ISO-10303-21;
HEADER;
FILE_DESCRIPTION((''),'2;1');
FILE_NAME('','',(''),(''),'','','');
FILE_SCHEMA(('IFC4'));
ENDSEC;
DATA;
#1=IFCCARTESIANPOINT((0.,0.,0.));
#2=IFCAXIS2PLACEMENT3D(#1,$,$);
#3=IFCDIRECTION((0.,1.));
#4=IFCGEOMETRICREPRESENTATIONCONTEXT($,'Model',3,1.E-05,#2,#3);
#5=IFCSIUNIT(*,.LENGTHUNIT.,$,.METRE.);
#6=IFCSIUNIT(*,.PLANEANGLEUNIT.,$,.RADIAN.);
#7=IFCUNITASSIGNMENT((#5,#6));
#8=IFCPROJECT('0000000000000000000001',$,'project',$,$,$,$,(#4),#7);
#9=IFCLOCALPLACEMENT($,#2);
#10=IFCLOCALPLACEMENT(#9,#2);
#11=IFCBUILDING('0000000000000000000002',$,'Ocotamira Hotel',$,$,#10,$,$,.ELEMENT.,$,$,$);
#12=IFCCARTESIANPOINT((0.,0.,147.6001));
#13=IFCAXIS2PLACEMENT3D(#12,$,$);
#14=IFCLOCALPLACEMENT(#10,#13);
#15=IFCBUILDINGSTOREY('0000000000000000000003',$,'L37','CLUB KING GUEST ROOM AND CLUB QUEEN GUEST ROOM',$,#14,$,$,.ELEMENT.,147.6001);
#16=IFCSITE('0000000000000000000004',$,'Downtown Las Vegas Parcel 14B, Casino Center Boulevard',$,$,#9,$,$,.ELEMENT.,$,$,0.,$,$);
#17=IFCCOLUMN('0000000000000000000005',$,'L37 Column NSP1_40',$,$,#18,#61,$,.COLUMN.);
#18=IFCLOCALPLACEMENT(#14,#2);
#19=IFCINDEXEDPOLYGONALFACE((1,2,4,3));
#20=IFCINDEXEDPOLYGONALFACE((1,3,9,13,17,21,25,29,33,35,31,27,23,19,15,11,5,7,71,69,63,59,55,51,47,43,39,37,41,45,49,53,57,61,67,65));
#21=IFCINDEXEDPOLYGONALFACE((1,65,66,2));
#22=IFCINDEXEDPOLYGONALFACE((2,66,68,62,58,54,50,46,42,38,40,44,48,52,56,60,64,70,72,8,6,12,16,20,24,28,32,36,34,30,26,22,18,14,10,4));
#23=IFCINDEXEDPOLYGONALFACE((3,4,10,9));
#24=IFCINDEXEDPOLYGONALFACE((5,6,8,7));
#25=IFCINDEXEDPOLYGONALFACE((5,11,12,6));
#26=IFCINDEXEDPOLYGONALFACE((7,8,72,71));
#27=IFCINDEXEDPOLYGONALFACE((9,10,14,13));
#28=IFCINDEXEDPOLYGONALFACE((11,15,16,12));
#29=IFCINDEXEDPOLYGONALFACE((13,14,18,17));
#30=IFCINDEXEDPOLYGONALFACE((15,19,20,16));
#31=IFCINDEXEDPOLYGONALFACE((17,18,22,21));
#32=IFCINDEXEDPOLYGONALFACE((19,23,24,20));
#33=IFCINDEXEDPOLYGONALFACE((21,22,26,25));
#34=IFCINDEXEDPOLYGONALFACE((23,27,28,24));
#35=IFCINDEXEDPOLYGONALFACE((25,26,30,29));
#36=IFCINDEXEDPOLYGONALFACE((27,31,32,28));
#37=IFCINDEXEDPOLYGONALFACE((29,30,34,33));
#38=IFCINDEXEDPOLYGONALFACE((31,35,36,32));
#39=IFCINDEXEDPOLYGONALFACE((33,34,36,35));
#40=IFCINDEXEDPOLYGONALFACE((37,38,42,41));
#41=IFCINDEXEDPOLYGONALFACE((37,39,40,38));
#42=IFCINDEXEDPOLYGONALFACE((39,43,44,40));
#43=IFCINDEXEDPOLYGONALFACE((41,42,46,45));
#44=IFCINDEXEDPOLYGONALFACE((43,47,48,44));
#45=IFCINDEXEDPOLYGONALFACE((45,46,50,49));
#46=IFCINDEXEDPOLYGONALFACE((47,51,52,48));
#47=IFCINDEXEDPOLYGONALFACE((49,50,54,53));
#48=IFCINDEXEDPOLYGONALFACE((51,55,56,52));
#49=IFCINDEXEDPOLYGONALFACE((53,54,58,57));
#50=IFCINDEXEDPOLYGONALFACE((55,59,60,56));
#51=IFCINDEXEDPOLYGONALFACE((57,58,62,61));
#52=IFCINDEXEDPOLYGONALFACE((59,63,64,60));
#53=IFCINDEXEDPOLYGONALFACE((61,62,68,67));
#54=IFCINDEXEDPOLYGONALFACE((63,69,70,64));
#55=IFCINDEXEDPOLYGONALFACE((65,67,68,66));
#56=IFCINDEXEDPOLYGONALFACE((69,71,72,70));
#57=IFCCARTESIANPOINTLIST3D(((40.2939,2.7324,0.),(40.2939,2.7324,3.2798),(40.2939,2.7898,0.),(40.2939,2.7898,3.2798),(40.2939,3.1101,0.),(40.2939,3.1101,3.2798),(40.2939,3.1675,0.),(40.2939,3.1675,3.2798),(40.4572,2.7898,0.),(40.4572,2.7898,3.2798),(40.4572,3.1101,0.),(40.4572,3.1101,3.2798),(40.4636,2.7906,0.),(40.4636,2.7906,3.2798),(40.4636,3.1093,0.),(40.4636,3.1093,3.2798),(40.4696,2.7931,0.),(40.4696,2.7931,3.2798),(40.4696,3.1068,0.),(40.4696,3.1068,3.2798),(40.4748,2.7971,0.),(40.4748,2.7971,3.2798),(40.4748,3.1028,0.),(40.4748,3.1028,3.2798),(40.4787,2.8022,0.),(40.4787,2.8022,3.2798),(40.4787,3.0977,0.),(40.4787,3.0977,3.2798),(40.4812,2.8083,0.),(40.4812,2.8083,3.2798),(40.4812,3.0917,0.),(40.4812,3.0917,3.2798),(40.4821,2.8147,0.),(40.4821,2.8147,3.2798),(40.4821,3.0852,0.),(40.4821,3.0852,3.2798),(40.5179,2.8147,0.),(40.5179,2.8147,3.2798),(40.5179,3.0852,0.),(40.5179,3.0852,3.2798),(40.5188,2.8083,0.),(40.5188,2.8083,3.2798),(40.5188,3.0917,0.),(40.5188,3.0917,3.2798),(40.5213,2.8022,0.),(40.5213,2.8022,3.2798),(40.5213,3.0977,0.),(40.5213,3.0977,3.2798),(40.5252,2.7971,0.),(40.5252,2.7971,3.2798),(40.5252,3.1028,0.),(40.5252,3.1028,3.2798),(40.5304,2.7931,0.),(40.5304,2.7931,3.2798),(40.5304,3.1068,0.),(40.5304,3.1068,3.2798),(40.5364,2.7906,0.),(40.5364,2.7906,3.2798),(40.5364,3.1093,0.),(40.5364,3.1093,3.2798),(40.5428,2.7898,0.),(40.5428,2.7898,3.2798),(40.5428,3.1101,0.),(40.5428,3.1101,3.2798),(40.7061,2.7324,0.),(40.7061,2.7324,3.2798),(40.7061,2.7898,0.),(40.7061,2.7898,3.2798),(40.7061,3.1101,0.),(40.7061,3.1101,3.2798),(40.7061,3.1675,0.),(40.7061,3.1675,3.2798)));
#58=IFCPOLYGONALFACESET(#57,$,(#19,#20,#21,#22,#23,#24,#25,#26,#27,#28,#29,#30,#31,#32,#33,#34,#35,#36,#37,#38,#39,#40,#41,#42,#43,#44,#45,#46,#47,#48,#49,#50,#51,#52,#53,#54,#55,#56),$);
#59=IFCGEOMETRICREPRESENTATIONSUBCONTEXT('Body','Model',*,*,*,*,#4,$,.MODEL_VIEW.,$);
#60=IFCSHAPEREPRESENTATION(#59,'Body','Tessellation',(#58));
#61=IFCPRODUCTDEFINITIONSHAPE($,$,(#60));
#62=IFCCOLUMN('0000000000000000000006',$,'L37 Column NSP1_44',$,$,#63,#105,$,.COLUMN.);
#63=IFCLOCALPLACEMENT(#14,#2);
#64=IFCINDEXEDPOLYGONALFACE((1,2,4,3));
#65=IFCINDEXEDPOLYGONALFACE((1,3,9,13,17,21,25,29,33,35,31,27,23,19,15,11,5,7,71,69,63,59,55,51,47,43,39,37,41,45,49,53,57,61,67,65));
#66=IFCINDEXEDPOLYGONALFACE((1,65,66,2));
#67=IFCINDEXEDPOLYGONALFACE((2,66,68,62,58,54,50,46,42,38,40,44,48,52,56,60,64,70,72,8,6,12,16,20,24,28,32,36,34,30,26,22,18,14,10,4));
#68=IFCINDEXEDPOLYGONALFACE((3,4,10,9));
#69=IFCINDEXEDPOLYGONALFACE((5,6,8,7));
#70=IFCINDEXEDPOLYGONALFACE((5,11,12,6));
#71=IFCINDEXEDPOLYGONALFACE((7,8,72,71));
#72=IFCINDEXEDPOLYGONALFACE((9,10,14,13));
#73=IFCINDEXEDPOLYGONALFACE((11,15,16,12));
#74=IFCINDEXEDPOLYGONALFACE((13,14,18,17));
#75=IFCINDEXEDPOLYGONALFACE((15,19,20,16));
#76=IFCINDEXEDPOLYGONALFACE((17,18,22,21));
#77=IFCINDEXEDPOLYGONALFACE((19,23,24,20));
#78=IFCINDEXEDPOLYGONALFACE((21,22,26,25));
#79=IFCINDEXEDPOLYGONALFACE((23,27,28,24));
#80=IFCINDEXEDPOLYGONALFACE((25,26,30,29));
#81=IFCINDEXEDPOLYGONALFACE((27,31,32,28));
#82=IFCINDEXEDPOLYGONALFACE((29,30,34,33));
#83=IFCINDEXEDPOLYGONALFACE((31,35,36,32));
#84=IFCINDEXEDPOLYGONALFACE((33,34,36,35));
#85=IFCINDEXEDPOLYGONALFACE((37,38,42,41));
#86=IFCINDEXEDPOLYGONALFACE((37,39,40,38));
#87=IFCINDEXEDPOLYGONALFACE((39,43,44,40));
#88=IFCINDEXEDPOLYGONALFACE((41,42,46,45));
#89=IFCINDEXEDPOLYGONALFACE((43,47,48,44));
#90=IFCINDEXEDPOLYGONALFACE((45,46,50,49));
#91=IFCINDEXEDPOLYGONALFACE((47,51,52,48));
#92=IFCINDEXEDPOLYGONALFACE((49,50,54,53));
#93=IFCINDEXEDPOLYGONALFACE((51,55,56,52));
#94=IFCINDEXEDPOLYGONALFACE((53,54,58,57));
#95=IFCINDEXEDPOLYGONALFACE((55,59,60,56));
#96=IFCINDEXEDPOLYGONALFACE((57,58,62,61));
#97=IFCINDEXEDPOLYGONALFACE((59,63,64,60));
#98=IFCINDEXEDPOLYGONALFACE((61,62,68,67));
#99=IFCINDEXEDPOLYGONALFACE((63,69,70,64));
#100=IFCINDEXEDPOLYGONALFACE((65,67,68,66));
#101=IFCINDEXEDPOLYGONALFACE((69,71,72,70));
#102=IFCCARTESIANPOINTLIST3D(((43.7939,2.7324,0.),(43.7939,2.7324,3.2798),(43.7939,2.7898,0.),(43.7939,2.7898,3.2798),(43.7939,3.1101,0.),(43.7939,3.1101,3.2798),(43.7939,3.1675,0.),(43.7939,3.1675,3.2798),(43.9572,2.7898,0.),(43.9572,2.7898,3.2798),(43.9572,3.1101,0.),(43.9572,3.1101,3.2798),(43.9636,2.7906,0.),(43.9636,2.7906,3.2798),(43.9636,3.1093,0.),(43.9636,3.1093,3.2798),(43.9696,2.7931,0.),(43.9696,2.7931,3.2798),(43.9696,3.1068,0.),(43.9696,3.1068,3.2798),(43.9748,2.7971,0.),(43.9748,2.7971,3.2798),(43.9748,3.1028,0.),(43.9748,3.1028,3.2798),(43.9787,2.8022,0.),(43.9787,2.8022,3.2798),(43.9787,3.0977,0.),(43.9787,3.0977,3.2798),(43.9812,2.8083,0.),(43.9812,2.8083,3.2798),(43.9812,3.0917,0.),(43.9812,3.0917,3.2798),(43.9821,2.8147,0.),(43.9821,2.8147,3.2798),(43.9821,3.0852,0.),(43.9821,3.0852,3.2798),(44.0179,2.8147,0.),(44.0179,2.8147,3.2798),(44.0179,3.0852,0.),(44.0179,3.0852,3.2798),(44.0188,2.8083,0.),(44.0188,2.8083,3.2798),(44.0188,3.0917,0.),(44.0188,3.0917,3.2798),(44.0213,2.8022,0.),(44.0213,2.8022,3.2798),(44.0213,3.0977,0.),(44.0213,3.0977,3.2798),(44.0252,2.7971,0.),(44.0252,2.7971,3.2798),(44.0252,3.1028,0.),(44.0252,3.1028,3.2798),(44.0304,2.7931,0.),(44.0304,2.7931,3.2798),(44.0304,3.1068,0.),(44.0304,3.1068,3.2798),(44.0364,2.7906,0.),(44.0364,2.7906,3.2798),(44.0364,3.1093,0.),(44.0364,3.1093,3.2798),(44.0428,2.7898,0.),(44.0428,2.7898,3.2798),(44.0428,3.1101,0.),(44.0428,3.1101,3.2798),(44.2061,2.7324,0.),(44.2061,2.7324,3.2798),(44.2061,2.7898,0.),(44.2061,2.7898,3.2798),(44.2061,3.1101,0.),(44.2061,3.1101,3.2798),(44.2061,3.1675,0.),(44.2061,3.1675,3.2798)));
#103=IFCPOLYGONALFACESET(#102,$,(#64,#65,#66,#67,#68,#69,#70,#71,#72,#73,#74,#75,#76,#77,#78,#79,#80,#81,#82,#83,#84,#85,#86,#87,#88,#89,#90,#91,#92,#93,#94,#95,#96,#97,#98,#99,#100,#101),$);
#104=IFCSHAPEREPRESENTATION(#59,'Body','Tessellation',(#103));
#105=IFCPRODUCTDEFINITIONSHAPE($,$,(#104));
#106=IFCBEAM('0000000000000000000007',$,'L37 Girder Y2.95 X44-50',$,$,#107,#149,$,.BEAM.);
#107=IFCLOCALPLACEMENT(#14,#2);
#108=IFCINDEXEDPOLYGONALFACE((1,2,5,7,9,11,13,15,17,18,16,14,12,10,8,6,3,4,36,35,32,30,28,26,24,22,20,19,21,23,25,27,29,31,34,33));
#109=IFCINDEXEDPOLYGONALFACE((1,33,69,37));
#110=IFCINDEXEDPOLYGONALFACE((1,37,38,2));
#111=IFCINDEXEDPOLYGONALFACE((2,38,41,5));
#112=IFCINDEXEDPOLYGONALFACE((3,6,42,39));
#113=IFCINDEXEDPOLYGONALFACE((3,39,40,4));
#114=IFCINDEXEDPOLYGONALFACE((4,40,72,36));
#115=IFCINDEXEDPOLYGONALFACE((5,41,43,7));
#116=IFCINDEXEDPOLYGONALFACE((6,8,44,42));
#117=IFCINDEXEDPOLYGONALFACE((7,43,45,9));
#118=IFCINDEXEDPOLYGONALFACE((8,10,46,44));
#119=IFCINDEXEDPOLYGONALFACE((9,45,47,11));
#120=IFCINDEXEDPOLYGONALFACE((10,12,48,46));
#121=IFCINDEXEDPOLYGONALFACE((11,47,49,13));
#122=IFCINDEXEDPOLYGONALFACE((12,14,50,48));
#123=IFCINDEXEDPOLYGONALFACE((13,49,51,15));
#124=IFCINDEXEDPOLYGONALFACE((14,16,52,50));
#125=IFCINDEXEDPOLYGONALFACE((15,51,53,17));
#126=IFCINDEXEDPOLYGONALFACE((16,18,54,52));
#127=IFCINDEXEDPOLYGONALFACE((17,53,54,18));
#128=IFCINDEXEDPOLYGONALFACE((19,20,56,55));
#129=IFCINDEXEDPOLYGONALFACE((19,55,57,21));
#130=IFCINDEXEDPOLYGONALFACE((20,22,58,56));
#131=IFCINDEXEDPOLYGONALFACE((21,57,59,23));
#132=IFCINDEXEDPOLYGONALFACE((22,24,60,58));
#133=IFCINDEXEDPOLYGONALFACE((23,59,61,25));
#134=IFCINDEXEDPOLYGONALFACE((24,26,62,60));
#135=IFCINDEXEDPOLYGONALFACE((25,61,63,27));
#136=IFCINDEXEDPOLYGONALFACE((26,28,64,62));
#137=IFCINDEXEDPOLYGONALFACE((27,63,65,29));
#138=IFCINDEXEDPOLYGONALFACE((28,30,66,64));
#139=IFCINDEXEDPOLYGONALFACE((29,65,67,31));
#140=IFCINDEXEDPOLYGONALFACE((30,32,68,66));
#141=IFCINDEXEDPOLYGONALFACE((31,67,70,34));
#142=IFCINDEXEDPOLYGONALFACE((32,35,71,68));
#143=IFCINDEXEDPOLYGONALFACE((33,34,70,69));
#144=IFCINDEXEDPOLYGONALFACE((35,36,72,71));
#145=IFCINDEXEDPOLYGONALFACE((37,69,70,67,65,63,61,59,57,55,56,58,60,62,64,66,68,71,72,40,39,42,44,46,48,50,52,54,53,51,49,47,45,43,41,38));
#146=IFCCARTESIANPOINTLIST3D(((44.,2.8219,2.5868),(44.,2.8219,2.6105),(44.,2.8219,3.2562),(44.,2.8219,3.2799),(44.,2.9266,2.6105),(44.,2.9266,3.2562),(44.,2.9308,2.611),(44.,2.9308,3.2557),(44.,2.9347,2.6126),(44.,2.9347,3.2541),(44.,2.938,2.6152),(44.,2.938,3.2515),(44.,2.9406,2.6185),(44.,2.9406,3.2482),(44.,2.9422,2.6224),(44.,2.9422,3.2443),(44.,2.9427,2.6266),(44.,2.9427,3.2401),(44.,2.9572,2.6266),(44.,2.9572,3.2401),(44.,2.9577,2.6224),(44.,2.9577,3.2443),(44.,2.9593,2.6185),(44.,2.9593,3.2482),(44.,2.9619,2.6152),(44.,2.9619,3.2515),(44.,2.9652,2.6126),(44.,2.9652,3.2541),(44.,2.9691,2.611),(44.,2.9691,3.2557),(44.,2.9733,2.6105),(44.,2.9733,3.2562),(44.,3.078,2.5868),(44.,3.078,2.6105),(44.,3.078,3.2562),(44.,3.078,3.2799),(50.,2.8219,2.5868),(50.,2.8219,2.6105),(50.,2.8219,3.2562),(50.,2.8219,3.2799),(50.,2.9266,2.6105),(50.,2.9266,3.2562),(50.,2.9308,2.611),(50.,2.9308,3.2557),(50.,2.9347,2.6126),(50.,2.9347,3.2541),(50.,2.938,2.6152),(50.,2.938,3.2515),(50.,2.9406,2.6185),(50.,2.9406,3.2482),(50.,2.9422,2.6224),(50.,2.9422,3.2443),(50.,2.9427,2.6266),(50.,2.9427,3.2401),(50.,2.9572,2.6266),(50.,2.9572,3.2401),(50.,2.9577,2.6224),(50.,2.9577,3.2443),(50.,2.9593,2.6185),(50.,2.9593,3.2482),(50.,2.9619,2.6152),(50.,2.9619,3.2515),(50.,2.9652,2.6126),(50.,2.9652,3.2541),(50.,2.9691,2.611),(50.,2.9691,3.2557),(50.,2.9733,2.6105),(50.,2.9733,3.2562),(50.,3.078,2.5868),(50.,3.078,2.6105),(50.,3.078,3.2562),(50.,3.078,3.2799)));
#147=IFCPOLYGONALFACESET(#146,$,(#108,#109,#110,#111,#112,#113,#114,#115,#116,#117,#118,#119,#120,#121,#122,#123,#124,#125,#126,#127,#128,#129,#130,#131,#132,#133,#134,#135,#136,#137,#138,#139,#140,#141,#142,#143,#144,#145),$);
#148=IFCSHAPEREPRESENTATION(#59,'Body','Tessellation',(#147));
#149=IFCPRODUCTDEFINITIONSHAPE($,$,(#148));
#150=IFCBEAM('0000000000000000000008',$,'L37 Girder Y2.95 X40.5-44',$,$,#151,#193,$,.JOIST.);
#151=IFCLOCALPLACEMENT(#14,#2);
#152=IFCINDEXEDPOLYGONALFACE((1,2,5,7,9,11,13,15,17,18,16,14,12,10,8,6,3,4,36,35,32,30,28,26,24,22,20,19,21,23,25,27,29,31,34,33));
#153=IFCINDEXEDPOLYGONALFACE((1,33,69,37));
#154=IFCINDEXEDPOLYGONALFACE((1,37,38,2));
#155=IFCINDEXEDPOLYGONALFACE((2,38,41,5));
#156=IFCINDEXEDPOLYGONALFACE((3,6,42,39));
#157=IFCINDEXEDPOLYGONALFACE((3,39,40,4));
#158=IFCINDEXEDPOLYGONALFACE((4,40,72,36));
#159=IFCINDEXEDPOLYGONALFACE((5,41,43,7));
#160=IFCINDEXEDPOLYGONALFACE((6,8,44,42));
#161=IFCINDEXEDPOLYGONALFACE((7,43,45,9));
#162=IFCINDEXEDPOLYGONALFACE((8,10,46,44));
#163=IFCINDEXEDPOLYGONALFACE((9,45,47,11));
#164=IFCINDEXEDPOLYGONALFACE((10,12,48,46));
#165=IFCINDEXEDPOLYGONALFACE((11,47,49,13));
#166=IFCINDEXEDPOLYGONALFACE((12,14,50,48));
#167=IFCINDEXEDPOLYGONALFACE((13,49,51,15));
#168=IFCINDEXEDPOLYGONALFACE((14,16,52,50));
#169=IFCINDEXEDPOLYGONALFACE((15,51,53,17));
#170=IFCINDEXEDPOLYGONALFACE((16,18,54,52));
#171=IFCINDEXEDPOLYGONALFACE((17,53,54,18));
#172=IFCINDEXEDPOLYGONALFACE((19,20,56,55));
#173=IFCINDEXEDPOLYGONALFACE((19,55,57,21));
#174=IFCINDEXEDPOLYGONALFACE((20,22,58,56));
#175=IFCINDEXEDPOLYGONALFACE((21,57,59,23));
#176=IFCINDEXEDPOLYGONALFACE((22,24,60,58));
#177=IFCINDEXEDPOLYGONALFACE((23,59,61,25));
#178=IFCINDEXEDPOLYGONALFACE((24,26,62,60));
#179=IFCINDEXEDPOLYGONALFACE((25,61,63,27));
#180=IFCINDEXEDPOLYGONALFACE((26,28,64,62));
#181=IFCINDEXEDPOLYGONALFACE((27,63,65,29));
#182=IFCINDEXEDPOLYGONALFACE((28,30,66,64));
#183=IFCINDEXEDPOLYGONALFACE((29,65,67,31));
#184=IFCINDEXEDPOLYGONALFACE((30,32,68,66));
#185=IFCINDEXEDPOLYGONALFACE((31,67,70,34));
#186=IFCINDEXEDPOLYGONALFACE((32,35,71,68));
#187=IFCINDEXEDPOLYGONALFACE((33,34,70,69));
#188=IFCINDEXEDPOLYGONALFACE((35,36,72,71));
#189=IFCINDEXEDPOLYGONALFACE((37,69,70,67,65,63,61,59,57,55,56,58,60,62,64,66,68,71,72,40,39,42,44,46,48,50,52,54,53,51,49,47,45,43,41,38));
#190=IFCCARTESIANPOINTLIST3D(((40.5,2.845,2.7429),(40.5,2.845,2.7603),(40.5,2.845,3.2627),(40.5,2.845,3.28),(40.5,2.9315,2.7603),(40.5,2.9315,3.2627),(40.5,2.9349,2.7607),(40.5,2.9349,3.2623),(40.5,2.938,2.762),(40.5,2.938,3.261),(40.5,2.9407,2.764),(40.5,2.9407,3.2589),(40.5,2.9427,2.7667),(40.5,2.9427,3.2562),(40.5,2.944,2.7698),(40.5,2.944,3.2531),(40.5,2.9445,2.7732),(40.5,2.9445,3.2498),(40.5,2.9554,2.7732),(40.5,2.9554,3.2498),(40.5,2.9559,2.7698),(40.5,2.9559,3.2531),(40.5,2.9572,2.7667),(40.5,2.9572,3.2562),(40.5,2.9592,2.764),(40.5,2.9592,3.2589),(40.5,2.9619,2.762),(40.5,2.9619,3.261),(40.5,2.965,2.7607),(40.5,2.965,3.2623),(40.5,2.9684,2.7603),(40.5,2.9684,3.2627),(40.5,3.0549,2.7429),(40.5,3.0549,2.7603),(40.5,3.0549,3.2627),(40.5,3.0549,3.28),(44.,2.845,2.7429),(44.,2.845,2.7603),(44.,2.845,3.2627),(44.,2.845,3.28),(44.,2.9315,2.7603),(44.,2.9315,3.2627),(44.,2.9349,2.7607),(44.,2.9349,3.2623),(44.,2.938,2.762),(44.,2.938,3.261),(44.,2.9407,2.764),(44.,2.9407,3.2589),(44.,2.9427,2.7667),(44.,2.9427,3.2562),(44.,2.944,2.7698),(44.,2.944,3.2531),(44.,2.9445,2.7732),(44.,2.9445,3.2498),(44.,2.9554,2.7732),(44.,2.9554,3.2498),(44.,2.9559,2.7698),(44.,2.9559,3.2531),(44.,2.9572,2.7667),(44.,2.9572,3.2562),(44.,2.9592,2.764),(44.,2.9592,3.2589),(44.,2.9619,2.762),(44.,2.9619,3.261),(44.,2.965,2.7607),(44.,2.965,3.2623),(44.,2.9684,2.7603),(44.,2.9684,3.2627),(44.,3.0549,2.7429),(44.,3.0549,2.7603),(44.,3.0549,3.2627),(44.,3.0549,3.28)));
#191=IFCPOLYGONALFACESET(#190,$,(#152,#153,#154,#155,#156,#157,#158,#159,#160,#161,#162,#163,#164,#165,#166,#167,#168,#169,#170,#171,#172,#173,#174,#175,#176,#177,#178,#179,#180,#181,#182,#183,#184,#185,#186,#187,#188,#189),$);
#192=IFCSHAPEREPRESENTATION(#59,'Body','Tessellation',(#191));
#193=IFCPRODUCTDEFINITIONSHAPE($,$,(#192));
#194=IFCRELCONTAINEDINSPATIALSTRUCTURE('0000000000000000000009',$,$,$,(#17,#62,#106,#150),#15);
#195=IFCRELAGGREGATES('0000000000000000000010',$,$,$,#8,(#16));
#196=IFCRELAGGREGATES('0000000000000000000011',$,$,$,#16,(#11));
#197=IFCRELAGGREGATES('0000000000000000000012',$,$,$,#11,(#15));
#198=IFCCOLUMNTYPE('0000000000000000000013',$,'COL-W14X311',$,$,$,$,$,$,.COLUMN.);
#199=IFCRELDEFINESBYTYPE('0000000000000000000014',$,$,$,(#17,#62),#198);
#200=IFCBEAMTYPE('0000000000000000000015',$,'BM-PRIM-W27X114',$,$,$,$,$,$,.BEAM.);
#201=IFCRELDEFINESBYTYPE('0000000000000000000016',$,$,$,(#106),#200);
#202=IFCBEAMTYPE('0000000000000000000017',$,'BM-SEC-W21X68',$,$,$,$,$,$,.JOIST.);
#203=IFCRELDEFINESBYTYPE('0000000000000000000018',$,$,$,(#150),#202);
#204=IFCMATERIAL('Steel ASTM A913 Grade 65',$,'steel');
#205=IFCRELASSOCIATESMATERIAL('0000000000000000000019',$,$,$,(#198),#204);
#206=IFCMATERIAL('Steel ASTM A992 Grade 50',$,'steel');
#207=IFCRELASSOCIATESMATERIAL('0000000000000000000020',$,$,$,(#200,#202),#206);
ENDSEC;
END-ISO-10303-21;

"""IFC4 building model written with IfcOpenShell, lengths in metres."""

from ifc_helpers import new_model, si_unit, direction, frame, origin, origin_2d, place, context, subcontext, project, spatial, i_section, extrude, source, transform, mapped, material, material_profile, profile_set, type_object, element, save


model = new_model("IFC4")

# Units and contexts
model_context = context("Model", 3, precision=1e-05, world=origin(), true_north=direction((0.0, 1.0)))
body_context = subcontext(model_context, "Body", "Model", "MODEL_VIEW")
ifc_project = project(units=[si_unit("LENGTHUNIT", "METRE"), si_unit("PLANEANGLEUNIT", "RADIAN")], contexts=[model_context])

# Site, building, storey
site_placement = place(None, origin())
site = spatial("IfcSite", under=ifc_project, at=site_placement, Name="Downtown Las Vegas Parcel 14B, Casino Center Boulevard", CompositionType="ELEMENT", RefElevation=0.0)
building_placement = place(site_placement, origin())
building = spatial("IfcBuilding", under=site, at=building_placement, Name="Ocotamira Hotel", CompositionType="ELEMENT")
storey_placement = place(building_placement, frame((0.0, 0.0, 147.6001)))
storey = spatial("IfcBuildingStorey", under=building, at=storey_placement, Name="L37", Description="CLUB KING GUEST ROOM AND CLUB QUEEN GUEST ROOM", CompositionType="ELEMENT", Elevation=147.6001)

# Columns
ifc_material_1 = material(Name="Steel ASTM A913 Grade 65", Category="steel")
ifc_material_profile_1 = material_profile(ifc_material_1, i_section(OverallWidth=0.4121, OverallDepth=0.4351, WebThickness=0.0359, FlangeThickness=0.0574, FilletRadius=0.0249, at=origin_2d()), Name="W14X311")
ifc_profile_set_1 = profile_set([ifc_material_profile_1], Name="Steel ASTM A913 Grade 65")
column_type = type_object("IfcColumnType", Name="COL-W14X311", PredefinedType="COLUMN", material=ifc_profile_set_1)
shared_shape_1 = source(origin(), body_context, "Body", "SweptSolid", [
    extrude(i_section(OverallWidth=0.4121, OverallDepth=0.4351, WebThickness=0.0359, FlangeThickness=0.0574, FilletRadius=0.0249, at=origin_2d()), origin(), (0.0, 0.0, 1.0), 3.2798),
])
for number, where, z_axis, x_axis, name in (
    (1, (40.5, 2.95, 0.0), (0.0, 0.0, 1.0), (1.0, 0.0, 0.0), "L37 Column NSP1_40"),
    (2, (44.0, 2.95, 0.0), (0.0, 0.0, 1.0), (1.0, 0.0, 0.0), "L37 Column NSP1_44"),
):
    element("IfcColumn", number, at=place(storey_placement, frame(where, z_axis=z_axis, x_axis=x_axis)), inside=storey, type_object=column_type, Name=name, PredefinedType="COLUMN", context=body_context, shape_type="MappedRepresentation", body=[
        mapped(shared_shape_1, transform((0.0, 0.0, 0.0), scale=1.0)),
    ])

# Beams
ifc_material_2 = material(Name="Steel ASTM A992 Grade 50", Category="steel")
ifc_material_profile_2 = material_profile(ifc_material_2, i_section(OverallWidth=0.2561, OverallDepth=0.6931, WebThickness=0.0144, FlangeThickness=0.0237, FilletRadius=0.0161, at=origin_2d()), Name="W27X114")
ifc_profile_set_2 = profile_set([ifc_material_profile_2], Name="Steel ASTM A992 Grade 50")
beam_type_1 = type_object("IfcBeamType", Name="BM-PRIM-W27X114", PredefinedType="BEAM", material=ifc_profile_set_2)
shared_shape_2 = source(origin(), body_context, "Body", "SweptSolid", [
    extrude(i_section(OverallWidth=0.2561, OverallDepth=0.6931, WebThickness=0.0144, FlangeThickness=0.0237, FilletRadius=0.0161, at=origin_2d()), origin(), (0.0, 0.0, 1.0), 6.0),
])
beam_1_placement = place(storey_placement, frame((44.0, 2.95, 2.9333), z_axis=(1.0, 0.0, 0.0), x_axis=(0.0, 1.0, 0.0)))
element("IfcBeam", 3, at=beam_1_placement, inside=storey, type_object=beam_type_1, Name="L37 Girder Y2.95 X44-50", PredefinedType="BEAM", context=body_context, shape_type="MappedRepresentation", body=[
    mapped(shared_shape_2, transform((0.0, 0.0, 0.0), scale=1.0)),
])
ifc_material_profile_3 = material_profile(ifc_material_2, i_section(OverallWidth=0.21, OverallDepth=0.5371, WebThickness=0.011, FlangeThickness=0.0173, FilletRadius=0.0129, at=origin_2d()), Name="W21X68")
ifc_profile_set_3 = profile_set([ifc_material_profile_3], Name="Steel ASTM A992 Grade 50")
beam_type_2 = type_object("IfcBeamType", Name="BM-SEC-W21X68", PredefinedType="JOIST", material=ifc_profile_set_3)
shared_shape_3 = source(origin(), body_context, "Body", "SweptSolid", [
    extrude(i_section(OverallWidth=0.21, OverallDepth=0.5371, WebThickness=0.011, FlangeThickness=0.0173, FilletRadius=0.0129, at=origin_2d()), origin(), (0.0, 0.0, 1.0), 3.5),
])
beam_2_placement = place(storey_placement, frame((40.5, 2.95, 3.0115), z_axis=(1.0, 0.0, 0.0), x_axis=(0.0, 1.0, 0.0)))
element("IfcBeam", 4, at=beam_2_placement, inside=storey, type_object=beam_type_2, Name="L37 Girder Y2.95 X40.5-44", PredefinedType="JOIST", context=body_context, shape_type="MappedRepresentation", body=[
    mapped(shared_shape_3, transform((0.0, 0.0, 0.0), scale=1.0)),
])

save(model, "model.ifc")
